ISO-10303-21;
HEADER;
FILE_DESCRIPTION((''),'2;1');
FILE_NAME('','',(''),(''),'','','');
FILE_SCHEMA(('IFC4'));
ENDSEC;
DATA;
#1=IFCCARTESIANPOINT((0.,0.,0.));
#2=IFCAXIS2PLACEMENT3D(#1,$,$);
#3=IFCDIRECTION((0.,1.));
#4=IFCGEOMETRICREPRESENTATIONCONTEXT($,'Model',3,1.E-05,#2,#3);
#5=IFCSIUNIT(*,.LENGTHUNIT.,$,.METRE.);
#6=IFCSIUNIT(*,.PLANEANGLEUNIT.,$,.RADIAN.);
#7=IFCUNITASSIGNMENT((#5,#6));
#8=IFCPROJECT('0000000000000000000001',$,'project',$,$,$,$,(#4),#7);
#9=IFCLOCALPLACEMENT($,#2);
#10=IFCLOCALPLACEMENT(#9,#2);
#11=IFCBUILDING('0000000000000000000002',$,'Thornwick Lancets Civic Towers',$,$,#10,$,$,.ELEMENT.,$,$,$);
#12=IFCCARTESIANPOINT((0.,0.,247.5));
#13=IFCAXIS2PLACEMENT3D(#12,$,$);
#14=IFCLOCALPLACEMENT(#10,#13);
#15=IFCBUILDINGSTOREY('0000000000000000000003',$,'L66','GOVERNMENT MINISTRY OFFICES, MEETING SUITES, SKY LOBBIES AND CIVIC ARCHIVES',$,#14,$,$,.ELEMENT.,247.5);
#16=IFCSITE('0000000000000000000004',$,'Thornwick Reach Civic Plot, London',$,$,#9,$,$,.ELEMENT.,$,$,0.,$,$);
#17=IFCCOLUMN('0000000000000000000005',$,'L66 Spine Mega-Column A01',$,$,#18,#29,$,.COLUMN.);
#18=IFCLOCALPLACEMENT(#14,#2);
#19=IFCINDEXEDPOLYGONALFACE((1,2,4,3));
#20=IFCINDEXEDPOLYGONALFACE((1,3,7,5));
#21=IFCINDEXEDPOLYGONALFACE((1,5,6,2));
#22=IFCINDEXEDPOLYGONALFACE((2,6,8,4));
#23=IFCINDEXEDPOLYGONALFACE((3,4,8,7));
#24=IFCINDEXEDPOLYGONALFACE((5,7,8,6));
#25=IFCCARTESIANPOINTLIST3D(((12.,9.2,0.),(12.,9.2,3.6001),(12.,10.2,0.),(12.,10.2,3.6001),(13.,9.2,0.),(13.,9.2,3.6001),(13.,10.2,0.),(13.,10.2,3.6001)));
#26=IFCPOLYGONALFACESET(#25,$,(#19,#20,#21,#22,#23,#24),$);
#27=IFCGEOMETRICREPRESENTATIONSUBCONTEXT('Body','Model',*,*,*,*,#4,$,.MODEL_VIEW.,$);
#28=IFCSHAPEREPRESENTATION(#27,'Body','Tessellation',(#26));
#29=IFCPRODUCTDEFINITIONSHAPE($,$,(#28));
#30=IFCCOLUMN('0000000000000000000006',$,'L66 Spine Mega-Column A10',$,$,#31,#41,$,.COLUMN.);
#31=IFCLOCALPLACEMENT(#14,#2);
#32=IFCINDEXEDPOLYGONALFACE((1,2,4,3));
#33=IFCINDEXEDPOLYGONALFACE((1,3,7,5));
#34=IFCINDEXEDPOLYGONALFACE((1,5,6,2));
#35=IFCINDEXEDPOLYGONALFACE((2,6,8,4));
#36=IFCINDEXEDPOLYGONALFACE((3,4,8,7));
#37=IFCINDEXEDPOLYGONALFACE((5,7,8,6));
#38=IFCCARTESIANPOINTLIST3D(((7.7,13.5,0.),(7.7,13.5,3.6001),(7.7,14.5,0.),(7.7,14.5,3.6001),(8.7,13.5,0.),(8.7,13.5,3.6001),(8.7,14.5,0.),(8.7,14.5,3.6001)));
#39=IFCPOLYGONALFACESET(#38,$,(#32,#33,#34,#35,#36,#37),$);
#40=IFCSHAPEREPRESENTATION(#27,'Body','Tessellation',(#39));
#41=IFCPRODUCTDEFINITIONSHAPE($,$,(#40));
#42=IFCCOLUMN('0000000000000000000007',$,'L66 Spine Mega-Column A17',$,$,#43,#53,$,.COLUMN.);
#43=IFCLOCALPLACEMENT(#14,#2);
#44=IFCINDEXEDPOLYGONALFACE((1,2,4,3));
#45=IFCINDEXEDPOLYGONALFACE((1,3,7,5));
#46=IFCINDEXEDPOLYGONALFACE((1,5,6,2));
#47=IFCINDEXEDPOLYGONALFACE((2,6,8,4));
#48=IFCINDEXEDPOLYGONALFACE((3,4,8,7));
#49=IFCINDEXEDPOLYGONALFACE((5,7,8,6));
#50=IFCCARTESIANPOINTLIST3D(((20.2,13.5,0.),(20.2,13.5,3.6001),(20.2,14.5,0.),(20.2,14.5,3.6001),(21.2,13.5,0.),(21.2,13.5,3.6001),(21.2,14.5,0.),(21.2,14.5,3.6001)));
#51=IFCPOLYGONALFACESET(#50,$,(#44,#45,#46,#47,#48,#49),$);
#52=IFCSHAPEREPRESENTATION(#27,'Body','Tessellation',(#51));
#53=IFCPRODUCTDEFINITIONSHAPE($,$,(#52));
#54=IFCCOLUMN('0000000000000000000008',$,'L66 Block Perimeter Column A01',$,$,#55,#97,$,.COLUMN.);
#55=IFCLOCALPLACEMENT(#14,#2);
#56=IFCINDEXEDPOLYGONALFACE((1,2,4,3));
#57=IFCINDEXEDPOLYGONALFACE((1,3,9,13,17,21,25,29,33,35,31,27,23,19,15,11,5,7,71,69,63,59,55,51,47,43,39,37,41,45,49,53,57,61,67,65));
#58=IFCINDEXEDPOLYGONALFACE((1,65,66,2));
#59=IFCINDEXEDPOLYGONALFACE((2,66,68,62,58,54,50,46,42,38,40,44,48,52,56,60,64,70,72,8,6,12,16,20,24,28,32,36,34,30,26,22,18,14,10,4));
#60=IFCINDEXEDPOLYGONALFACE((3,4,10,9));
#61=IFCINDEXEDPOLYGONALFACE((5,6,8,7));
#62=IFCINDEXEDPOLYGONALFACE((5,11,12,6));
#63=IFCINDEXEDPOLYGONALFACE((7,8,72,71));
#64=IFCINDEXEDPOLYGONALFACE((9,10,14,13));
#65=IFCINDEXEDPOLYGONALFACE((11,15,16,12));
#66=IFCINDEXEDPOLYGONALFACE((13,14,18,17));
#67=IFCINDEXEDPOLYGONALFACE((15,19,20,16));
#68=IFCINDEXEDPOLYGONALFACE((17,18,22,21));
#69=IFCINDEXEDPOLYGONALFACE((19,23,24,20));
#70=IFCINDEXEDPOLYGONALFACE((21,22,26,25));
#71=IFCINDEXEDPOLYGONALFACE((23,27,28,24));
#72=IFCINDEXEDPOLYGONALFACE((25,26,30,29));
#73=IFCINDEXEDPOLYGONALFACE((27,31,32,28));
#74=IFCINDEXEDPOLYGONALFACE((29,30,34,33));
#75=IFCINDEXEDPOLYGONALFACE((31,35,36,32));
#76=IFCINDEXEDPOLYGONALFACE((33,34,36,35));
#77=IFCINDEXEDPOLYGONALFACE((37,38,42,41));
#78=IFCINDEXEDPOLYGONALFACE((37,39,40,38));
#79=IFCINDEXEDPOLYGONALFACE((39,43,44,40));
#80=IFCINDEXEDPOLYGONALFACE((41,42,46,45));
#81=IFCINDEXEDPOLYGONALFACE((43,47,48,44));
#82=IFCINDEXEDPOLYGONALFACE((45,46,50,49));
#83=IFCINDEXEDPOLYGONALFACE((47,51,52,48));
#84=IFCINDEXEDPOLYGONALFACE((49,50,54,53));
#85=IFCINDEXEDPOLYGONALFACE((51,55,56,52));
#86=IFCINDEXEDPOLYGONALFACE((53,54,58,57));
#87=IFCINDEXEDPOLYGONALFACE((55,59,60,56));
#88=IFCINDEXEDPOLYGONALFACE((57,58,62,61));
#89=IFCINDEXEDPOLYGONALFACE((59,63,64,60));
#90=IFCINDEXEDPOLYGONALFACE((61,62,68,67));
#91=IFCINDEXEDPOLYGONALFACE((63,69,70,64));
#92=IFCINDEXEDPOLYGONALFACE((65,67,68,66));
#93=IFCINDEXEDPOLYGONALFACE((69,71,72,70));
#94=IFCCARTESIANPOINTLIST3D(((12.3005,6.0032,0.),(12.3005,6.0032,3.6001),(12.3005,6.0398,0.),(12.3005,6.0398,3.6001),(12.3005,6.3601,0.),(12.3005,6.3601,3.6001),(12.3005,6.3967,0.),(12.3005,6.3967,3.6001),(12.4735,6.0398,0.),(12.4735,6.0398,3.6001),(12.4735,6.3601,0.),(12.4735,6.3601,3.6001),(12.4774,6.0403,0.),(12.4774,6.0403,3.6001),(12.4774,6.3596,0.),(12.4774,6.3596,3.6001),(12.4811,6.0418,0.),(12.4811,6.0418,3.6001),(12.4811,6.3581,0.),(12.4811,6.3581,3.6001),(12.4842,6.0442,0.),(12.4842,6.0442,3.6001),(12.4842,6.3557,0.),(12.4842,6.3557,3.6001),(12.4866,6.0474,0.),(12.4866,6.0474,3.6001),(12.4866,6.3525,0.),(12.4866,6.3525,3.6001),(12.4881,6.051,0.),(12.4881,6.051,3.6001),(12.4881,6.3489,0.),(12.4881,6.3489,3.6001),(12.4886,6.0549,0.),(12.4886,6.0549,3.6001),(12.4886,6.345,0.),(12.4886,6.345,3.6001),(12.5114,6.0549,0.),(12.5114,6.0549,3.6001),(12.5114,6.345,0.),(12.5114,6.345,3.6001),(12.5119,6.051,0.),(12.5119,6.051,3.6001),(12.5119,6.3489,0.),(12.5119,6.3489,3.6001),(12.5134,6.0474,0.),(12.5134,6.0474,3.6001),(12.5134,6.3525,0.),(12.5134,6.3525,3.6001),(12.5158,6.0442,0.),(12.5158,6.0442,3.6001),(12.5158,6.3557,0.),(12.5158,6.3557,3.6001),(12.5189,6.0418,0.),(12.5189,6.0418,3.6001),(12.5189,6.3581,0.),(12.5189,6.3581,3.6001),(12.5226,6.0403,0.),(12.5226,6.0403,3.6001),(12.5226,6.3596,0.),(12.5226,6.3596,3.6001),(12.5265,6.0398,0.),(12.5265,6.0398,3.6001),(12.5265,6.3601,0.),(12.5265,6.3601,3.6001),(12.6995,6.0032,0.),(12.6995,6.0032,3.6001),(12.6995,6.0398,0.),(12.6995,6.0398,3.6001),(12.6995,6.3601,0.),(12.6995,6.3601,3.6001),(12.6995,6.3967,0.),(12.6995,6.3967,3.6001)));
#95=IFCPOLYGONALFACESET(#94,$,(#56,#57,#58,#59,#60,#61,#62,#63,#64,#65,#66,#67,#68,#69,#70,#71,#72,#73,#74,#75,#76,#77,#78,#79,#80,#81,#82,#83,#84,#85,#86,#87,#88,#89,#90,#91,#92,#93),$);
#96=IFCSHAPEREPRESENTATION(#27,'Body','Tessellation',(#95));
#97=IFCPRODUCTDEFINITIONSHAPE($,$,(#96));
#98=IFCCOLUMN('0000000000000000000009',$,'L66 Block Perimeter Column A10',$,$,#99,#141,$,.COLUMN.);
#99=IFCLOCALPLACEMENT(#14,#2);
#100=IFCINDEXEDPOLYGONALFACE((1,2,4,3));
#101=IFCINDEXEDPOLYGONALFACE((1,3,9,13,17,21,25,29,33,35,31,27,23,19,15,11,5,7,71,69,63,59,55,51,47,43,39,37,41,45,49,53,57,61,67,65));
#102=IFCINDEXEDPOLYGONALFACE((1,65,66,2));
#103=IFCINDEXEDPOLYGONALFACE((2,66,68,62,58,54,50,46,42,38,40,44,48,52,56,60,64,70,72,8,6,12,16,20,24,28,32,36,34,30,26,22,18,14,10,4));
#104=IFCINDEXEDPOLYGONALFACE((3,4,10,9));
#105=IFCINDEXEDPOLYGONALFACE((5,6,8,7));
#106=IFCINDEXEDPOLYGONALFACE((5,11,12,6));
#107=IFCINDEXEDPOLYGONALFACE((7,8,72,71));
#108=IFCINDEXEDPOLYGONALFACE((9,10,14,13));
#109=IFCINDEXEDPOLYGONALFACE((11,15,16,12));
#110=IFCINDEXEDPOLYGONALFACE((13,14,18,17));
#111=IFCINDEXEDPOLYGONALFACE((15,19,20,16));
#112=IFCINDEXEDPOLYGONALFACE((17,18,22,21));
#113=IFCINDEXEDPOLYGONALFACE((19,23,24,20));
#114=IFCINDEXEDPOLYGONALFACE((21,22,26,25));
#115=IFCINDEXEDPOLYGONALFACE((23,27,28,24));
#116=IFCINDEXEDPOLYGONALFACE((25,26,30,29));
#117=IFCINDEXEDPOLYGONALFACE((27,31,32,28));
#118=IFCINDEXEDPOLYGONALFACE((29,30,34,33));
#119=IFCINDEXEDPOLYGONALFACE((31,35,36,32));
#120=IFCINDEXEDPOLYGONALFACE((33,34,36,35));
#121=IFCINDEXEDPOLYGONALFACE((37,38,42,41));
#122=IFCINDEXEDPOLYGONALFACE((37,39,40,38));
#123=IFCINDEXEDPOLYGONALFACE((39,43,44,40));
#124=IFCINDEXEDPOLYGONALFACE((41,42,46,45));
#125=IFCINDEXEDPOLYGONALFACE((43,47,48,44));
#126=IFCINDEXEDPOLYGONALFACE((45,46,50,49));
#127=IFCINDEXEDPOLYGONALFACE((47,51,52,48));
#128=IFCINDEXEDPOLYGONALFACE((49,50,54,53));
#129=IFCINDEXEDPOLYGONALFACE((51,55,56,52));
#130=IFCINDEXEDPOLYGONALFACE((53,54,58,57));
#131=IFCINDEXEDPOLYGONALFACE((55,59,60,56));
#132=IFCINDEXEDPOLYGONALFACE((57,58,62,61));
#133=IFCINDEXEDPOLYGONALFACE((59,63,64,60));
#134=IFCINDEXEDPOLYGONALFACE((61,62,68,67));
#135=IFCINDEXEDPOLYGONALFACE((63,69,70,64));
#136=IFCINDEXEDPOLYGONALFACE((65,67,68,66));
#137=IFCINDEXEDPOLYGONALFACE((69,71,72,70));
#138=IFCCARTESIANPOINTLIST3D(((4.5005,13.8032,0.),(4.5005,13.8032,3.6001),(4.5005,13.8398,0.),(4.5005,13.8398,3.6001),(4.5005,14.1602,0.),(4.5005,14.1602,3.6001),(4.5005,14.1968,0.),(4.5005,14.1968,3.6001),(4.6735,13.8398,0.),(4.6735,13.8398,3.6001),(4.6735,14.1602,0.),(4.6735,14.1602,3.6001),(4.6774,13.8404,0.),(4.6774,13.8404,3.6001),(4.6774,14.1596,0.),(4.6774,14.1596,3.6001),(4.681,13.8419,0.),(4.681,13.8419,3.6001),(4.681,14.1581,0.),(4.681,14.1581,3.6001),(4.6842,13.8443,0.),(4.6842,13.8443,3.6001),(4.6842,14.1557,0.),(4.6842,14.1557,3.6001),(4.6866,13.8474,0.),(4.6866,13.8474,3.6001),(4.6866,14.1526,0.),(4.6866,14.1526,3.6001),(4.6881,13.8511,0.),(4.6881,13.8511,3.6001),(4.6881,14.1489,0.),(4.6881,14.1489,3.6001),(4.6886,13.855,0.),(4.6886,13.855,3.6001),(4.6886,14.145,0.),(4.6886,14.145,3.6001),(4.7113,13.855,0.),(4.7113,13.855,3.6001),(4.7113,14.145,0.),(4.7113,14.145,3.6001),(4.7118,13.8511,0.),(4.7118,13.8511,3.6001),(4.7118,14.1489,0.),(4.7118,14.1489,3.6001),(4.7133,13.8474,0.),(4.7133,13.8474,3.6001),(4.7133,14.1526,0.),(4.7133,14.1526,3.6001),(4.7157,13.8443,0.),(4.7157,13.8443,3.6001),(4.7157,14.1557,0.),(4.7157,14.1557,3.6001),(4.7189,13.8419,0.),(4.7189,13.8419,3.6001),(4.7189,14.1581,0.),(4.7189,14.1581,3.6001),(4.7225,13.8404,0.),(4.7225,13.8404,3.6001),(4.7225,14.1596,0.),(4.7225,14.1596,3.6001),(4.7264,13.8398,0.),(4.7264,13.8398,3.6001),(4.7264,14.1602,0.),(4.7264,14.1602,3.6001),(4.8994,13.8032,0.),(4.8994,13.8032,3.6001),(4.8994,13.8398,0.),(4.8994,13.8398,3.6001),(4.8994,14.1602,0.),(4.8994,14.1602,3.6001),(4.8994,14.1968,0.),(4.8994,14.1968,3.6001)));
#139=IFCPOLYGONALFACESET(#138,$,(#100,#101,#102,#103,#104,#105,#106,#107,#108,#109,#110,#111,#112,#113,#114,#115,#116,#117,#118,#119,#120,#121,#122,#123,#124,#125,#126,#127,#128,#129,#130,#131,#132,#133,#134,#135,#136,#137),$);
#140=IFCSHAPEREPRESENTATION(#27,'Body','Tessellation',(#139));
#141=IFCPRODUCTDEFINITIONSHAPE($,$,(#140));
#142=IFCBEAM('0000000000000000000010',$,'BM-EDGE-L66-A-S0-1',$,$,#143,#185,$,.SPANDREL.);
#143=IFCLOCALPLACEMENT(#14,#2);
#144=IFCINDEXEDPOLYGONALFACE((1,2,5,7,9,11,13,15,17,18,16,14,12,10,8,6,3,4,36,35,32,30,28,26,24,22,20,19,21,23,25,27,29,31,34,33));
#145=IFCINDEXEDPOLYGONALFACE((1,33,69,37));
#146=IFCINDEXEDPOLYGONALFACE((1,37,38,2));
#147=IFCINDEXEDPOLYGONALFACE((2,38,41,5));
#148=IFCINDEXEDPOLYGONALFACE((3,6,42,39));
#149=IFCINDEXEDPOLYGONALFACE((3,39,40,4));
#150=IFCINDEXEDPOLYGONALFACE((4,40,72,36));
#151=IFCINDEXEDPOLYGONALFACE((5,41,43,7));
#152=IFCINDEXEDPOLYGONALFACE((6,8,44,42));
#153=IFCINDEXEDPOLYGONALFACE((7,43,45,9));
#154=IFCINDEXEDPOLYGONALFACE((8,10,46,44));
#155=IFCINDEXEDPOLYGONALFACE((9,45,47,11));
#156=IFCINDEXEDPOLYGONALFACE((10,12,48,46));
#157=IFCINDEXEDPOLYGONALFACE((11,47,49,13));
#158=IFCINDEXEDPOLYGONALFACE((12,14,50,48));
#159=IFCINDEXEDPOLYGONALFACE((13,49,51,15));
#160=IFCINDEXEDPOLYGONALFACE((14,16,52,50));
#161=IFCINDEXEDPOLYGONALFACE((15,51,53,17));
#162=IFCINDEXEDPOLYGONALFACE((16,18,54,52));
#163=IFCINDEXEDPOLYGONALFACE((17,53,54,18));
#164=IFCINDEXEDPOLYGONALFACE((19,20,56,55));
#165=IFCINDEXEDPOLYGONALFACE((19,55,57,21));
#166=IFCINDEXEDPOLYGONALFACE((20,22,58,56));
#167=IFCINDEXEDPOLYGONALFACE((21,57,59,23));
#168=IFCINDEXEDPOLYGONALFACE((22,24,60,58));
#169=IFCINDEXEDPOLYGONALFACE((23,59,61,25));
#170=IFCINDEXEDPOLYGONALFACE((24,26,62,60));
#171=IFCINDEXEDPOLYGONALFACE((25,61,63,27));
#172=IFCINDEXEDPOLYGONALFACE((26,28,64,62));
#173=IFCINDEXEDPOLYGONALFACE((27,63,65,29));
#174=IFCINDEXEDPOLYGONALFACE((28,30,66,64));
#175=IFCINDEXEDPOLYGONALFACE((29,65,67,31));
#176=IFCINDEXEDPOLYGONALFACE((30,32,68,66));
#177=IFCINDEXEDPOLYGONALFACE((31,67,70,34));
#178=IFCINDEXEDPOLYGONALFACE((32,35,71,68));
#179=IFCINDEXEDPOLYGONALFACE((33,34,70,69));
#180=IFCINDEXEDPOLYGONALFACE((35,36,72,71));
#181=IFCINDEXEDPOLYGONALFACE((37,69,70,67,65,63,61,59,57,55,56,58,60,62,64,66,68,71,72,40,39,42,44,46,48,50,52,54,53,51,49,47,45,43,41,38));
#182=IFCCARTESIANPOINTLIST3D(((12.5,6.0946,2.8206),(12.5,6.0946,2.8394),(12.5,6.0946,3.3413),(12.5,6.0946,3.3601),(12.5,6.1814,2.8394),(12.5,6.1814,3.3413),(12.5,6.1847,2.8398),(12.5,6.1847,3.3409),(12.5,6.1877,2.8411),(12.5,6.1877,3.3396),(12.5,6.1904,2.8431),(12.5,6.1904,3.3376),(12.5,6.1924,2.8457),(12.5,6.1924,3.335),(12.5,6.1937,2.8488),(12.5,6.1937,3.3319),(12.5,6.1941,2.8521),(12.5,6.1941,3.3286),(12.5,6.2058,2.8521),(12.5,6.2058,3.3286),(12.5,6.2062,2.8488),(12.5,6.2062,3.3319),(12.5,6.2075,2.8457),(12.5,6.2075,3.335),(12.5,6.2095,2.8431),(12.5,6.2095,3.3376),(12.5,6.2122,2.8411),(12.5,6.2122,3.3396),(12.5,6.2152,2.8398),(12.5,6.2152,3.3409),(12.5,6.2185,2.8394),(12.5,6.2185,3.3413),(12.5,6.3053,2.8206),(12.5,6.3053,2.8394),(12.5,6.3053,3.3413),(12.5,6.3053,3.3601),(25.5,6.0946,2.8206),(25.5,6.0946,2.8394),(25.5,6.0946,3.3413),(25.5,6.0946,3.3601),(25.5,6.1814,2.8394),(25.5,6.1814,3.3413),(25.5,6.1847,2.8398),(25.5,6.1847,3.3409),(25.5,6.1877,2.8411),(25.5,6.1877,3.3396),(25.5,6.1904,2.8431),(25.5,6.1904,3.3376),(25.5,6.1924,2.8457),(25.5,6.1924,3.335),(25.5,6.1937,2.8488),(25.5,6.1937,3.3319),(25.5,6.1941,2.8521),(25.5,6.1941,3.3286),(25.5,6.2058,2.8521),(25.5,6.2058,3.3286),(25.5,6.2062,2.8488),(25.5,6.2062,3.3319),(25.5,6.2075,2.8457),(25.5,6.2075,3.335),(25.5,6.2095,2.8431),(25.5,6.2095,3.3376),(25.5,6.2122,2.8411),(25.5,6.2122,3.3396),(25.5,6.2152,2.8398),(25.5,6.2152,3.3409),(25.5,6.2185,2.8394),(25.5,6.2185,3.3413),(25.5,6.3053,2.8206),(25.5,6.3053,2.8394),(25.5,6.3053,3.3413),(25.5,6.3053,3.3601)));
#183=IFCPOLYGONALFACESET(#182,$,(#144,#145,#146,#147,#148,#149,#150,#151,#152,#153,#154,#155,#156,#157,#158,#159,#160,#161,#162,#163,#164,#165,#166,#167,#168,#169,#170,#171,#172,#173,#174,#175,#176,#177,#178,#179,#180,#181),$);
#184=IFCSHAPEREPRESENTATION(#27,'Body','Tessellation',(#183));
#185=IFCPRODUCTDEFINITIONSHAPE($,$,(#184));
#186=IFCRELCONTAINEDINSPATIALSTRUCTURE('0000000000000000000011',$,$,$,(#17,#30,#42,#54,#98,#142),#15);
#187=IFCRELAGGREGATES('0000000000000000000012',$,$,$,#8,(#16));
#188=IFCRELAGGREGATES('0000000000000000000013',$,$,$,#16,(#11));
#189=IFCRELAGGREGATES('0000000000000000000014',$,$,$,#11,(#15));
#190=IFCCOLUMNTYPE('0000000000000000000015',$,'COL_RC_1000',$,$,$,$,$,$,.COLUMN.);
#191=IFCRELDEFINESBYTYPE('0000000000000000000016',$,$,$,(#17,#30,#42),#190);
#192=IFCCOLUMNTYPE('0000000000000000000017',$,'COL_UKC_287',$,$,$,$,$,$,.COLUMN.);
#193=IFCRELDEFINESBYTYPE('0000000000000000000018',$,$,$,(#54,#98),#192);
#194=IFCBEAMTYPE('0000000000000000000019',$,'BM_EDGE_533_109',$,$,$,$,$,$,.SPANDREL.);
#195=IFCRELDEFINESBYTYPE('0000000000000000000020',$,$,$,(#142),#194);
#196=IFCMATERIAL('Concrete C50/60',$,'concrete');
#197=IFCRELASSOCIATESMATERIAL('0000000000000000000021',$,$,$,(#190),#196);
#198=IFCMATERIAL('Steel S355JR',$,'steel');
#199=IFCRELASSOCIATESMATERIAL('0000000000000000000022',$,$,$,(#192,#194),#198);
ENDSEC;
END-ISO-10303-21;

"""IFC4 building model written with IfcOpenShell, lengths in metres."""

from ifc_helpers import new_model, si_unit, direction, frame, origin, origin_2d, place, context, subcontext, project, spatial, rectangle, i_section, extrude, material, material_profile, profile_set, type_object, element, save


model = new_model("IFC4")

# Units and contexts
model_context = context("Model", 3, precision=1e-05, world=origin(), true_north=direction((0.0, 1.0)))
body_context = subcontext(model_context, "Body", "Model", "MODEL_VIEW")
ifc_project = project(units=[si_unit("LENGTHUNIT", "METRE"), si_unit("PLANEANGLEUNIT", "RADIAN")], contexts=[model_context])

# Site, building, storey
site_placement = place(None, origin())
site = spatial("IfcSite", under=ifc_project, at=site_placement, Name="Thornwick Reach Civic Plot, London", CompositionType="ELEMENT", RefElevation=0.0)
building_placement = place(site_placement, origin())
building = spatial("IfcBuilding", under=site, at=building_placement, Name="Thornwick Lancets Civic Towers", CompositionType="ELEMENT")
storey_placement = place(building_placement, frame((0.0, 0.0, 247.5)))
storey = spatial("IfcBuildingStorey", under=building, at=storey_placement, Name="L66", Description="GOVERNMENT MINISTRY OFFICES, MEETING SUITES, SKY LOBBIES AND CIVIC ARCHIVES", CompositionType="ELEMENT", Elevation=247.5)

# Columns
ifc_material_1 = material(Name="Concrete C50/60", Category="concrete")
ifc_material_profile_1 = material_profile(ifc_material_1, rectangle(XDim=1.0, YDim=1.0, at=origin_2d()), Name="RC 1000x1000")
ifc_profile_set_1 = profile_set([ifc_material_profile_1], Name="Concrete C50/60")
column_type_1 = type_object("IfcColumnType", Name="COL_RC_1000", PredefinedType="COLUMN", material=ifc_profile_set_1)
for number, where, z_axis, x_axis, name in (
    (1, (12.5, 9.7, 0.0), (0.0, 0.0, 1.0), (1.0, 0.0, 0.0), "L66 Spine Mega-Column A01"),
    (2, (8.2, 14.0, 0.0), (0.0, 0.0, 1.0), (1.0, 0.0, 0.0), "L66 Spine Mega-Column A10"),
    (3, (20.7, 14.0, 0.0), (0.0, 0.0, 1.0), (1.0, 0.0, 0.0), "L66 Spine Mega-Column A17"),
):
    element("IfcColumn", number, at=place(storey_placement, frame(where, z_axis=z_axis, x_axis=x_axis)), inside=storey, type_object=column_type_1, Name=name, PredefinedType="COLUMN", context=body_context, shape_type="SweptSolid", body=[
        extrude(rectangle(XDim=1.0, YDim=1.0, at=origin_2d()), origin(), (0.0, 0.0, 1.0), 3.6001),
    ])
ifc_material_2 = material(Name="Steel S355JR", Category="steel")
ifc_material_profile_2 = material_profile(ifc_material_2, i_section(OverallWidth=0.3989, OverallDepth=0.3936, WebThickness=0.0227, FlangeThickness=0.0366, FilletRadius=0.0151, at=origin_2d()), Name="UKC 356x406x287")
ifc_profile_set_2 = profile_set([ifc_material_profile_2], Name="Steel S355JR")
column_type_2 = type_object("IfcColumnType", Name="COL_UKC_287", PredefinedType="COLUMN", material=ifc_profile_set_2)
for number, where, z_axis, x_axis, name in (
    (4, (12.5, 6.2, 0.0), (0.0, 0.0, 1.0), (1.0, 0.0, 0.0), "L66 Block Perimeter Column A01"),
    (5, (4.7, 14.0, 0.0), (0.0, 0.0, 1.0), (1.0, 0.0, 0.0), "L66 Block Perimeter Column A10"),
):
    element("IfcColumn", number, at=place(storey_placement, frame(where, z_axis=z_axis, x_axis=x_axis)), inside=storey, type_object=column_type_2, Name=name, PredefinedType="COLUMN", context=body_context, shape_type="SweptSolid", body=[
        extrude(i_section(OverallWidth=0.3989, OverallDepth=0.3936, WebThickness=0.0227, FlangeThickness=0.0366, FilletRadius=0.0151, at=origin_2d()), origin(), (0.0, 0.0, 1.0), 3.6001),
    ])

# Beam
ifc_material_profile_3 = material_profile(ifc_material_2, i_section(OverallWidth=0.2107, OverallDepth=0.5396, WebThickness=0.0117, FlangeThickness=0.0188, FilletRadius=0.0127, at=origin_2d()), Name="UKB 533x210x109")
ifc_profile_set_3 = profile_set([ifc_material_profile_3], Name="Steel S355JR")
beam_type_1 = type_object("IfcBeamType", Name="BM_EDGE_533_109", PredefinedType="SPANDREL", material=ifc_profile_set_3)
for number, where, z_axis, x_axis, name in (
    (6, (12.5, 6.2, 3.0903), (1.0, 0.0, 0.0), (0.0, 1.0, 0.0), "BM-EDGE-L66-A-S0-1"),
):
    element("IfcBeam", number, at=place(storey_placement, frame(where, z_axis=z_axis, x_axis=x_axis)), inside=storey, type_object=beam_type_1, Name=name, PredefinedType="SPANDREL", context=body_context, shape_type="SweptSolid", body=[
        extrude(i_section(OverallWidth=0.2107, OverallDepth=0.5396, WebThickness=0.0117, FlangeThickness=0.0188, FilletRadius=0.0127, at=origin_2d()), origin(), (0.0, 0.0, 1.0), 13.0),
    ])

save(model, "model.ifc")
